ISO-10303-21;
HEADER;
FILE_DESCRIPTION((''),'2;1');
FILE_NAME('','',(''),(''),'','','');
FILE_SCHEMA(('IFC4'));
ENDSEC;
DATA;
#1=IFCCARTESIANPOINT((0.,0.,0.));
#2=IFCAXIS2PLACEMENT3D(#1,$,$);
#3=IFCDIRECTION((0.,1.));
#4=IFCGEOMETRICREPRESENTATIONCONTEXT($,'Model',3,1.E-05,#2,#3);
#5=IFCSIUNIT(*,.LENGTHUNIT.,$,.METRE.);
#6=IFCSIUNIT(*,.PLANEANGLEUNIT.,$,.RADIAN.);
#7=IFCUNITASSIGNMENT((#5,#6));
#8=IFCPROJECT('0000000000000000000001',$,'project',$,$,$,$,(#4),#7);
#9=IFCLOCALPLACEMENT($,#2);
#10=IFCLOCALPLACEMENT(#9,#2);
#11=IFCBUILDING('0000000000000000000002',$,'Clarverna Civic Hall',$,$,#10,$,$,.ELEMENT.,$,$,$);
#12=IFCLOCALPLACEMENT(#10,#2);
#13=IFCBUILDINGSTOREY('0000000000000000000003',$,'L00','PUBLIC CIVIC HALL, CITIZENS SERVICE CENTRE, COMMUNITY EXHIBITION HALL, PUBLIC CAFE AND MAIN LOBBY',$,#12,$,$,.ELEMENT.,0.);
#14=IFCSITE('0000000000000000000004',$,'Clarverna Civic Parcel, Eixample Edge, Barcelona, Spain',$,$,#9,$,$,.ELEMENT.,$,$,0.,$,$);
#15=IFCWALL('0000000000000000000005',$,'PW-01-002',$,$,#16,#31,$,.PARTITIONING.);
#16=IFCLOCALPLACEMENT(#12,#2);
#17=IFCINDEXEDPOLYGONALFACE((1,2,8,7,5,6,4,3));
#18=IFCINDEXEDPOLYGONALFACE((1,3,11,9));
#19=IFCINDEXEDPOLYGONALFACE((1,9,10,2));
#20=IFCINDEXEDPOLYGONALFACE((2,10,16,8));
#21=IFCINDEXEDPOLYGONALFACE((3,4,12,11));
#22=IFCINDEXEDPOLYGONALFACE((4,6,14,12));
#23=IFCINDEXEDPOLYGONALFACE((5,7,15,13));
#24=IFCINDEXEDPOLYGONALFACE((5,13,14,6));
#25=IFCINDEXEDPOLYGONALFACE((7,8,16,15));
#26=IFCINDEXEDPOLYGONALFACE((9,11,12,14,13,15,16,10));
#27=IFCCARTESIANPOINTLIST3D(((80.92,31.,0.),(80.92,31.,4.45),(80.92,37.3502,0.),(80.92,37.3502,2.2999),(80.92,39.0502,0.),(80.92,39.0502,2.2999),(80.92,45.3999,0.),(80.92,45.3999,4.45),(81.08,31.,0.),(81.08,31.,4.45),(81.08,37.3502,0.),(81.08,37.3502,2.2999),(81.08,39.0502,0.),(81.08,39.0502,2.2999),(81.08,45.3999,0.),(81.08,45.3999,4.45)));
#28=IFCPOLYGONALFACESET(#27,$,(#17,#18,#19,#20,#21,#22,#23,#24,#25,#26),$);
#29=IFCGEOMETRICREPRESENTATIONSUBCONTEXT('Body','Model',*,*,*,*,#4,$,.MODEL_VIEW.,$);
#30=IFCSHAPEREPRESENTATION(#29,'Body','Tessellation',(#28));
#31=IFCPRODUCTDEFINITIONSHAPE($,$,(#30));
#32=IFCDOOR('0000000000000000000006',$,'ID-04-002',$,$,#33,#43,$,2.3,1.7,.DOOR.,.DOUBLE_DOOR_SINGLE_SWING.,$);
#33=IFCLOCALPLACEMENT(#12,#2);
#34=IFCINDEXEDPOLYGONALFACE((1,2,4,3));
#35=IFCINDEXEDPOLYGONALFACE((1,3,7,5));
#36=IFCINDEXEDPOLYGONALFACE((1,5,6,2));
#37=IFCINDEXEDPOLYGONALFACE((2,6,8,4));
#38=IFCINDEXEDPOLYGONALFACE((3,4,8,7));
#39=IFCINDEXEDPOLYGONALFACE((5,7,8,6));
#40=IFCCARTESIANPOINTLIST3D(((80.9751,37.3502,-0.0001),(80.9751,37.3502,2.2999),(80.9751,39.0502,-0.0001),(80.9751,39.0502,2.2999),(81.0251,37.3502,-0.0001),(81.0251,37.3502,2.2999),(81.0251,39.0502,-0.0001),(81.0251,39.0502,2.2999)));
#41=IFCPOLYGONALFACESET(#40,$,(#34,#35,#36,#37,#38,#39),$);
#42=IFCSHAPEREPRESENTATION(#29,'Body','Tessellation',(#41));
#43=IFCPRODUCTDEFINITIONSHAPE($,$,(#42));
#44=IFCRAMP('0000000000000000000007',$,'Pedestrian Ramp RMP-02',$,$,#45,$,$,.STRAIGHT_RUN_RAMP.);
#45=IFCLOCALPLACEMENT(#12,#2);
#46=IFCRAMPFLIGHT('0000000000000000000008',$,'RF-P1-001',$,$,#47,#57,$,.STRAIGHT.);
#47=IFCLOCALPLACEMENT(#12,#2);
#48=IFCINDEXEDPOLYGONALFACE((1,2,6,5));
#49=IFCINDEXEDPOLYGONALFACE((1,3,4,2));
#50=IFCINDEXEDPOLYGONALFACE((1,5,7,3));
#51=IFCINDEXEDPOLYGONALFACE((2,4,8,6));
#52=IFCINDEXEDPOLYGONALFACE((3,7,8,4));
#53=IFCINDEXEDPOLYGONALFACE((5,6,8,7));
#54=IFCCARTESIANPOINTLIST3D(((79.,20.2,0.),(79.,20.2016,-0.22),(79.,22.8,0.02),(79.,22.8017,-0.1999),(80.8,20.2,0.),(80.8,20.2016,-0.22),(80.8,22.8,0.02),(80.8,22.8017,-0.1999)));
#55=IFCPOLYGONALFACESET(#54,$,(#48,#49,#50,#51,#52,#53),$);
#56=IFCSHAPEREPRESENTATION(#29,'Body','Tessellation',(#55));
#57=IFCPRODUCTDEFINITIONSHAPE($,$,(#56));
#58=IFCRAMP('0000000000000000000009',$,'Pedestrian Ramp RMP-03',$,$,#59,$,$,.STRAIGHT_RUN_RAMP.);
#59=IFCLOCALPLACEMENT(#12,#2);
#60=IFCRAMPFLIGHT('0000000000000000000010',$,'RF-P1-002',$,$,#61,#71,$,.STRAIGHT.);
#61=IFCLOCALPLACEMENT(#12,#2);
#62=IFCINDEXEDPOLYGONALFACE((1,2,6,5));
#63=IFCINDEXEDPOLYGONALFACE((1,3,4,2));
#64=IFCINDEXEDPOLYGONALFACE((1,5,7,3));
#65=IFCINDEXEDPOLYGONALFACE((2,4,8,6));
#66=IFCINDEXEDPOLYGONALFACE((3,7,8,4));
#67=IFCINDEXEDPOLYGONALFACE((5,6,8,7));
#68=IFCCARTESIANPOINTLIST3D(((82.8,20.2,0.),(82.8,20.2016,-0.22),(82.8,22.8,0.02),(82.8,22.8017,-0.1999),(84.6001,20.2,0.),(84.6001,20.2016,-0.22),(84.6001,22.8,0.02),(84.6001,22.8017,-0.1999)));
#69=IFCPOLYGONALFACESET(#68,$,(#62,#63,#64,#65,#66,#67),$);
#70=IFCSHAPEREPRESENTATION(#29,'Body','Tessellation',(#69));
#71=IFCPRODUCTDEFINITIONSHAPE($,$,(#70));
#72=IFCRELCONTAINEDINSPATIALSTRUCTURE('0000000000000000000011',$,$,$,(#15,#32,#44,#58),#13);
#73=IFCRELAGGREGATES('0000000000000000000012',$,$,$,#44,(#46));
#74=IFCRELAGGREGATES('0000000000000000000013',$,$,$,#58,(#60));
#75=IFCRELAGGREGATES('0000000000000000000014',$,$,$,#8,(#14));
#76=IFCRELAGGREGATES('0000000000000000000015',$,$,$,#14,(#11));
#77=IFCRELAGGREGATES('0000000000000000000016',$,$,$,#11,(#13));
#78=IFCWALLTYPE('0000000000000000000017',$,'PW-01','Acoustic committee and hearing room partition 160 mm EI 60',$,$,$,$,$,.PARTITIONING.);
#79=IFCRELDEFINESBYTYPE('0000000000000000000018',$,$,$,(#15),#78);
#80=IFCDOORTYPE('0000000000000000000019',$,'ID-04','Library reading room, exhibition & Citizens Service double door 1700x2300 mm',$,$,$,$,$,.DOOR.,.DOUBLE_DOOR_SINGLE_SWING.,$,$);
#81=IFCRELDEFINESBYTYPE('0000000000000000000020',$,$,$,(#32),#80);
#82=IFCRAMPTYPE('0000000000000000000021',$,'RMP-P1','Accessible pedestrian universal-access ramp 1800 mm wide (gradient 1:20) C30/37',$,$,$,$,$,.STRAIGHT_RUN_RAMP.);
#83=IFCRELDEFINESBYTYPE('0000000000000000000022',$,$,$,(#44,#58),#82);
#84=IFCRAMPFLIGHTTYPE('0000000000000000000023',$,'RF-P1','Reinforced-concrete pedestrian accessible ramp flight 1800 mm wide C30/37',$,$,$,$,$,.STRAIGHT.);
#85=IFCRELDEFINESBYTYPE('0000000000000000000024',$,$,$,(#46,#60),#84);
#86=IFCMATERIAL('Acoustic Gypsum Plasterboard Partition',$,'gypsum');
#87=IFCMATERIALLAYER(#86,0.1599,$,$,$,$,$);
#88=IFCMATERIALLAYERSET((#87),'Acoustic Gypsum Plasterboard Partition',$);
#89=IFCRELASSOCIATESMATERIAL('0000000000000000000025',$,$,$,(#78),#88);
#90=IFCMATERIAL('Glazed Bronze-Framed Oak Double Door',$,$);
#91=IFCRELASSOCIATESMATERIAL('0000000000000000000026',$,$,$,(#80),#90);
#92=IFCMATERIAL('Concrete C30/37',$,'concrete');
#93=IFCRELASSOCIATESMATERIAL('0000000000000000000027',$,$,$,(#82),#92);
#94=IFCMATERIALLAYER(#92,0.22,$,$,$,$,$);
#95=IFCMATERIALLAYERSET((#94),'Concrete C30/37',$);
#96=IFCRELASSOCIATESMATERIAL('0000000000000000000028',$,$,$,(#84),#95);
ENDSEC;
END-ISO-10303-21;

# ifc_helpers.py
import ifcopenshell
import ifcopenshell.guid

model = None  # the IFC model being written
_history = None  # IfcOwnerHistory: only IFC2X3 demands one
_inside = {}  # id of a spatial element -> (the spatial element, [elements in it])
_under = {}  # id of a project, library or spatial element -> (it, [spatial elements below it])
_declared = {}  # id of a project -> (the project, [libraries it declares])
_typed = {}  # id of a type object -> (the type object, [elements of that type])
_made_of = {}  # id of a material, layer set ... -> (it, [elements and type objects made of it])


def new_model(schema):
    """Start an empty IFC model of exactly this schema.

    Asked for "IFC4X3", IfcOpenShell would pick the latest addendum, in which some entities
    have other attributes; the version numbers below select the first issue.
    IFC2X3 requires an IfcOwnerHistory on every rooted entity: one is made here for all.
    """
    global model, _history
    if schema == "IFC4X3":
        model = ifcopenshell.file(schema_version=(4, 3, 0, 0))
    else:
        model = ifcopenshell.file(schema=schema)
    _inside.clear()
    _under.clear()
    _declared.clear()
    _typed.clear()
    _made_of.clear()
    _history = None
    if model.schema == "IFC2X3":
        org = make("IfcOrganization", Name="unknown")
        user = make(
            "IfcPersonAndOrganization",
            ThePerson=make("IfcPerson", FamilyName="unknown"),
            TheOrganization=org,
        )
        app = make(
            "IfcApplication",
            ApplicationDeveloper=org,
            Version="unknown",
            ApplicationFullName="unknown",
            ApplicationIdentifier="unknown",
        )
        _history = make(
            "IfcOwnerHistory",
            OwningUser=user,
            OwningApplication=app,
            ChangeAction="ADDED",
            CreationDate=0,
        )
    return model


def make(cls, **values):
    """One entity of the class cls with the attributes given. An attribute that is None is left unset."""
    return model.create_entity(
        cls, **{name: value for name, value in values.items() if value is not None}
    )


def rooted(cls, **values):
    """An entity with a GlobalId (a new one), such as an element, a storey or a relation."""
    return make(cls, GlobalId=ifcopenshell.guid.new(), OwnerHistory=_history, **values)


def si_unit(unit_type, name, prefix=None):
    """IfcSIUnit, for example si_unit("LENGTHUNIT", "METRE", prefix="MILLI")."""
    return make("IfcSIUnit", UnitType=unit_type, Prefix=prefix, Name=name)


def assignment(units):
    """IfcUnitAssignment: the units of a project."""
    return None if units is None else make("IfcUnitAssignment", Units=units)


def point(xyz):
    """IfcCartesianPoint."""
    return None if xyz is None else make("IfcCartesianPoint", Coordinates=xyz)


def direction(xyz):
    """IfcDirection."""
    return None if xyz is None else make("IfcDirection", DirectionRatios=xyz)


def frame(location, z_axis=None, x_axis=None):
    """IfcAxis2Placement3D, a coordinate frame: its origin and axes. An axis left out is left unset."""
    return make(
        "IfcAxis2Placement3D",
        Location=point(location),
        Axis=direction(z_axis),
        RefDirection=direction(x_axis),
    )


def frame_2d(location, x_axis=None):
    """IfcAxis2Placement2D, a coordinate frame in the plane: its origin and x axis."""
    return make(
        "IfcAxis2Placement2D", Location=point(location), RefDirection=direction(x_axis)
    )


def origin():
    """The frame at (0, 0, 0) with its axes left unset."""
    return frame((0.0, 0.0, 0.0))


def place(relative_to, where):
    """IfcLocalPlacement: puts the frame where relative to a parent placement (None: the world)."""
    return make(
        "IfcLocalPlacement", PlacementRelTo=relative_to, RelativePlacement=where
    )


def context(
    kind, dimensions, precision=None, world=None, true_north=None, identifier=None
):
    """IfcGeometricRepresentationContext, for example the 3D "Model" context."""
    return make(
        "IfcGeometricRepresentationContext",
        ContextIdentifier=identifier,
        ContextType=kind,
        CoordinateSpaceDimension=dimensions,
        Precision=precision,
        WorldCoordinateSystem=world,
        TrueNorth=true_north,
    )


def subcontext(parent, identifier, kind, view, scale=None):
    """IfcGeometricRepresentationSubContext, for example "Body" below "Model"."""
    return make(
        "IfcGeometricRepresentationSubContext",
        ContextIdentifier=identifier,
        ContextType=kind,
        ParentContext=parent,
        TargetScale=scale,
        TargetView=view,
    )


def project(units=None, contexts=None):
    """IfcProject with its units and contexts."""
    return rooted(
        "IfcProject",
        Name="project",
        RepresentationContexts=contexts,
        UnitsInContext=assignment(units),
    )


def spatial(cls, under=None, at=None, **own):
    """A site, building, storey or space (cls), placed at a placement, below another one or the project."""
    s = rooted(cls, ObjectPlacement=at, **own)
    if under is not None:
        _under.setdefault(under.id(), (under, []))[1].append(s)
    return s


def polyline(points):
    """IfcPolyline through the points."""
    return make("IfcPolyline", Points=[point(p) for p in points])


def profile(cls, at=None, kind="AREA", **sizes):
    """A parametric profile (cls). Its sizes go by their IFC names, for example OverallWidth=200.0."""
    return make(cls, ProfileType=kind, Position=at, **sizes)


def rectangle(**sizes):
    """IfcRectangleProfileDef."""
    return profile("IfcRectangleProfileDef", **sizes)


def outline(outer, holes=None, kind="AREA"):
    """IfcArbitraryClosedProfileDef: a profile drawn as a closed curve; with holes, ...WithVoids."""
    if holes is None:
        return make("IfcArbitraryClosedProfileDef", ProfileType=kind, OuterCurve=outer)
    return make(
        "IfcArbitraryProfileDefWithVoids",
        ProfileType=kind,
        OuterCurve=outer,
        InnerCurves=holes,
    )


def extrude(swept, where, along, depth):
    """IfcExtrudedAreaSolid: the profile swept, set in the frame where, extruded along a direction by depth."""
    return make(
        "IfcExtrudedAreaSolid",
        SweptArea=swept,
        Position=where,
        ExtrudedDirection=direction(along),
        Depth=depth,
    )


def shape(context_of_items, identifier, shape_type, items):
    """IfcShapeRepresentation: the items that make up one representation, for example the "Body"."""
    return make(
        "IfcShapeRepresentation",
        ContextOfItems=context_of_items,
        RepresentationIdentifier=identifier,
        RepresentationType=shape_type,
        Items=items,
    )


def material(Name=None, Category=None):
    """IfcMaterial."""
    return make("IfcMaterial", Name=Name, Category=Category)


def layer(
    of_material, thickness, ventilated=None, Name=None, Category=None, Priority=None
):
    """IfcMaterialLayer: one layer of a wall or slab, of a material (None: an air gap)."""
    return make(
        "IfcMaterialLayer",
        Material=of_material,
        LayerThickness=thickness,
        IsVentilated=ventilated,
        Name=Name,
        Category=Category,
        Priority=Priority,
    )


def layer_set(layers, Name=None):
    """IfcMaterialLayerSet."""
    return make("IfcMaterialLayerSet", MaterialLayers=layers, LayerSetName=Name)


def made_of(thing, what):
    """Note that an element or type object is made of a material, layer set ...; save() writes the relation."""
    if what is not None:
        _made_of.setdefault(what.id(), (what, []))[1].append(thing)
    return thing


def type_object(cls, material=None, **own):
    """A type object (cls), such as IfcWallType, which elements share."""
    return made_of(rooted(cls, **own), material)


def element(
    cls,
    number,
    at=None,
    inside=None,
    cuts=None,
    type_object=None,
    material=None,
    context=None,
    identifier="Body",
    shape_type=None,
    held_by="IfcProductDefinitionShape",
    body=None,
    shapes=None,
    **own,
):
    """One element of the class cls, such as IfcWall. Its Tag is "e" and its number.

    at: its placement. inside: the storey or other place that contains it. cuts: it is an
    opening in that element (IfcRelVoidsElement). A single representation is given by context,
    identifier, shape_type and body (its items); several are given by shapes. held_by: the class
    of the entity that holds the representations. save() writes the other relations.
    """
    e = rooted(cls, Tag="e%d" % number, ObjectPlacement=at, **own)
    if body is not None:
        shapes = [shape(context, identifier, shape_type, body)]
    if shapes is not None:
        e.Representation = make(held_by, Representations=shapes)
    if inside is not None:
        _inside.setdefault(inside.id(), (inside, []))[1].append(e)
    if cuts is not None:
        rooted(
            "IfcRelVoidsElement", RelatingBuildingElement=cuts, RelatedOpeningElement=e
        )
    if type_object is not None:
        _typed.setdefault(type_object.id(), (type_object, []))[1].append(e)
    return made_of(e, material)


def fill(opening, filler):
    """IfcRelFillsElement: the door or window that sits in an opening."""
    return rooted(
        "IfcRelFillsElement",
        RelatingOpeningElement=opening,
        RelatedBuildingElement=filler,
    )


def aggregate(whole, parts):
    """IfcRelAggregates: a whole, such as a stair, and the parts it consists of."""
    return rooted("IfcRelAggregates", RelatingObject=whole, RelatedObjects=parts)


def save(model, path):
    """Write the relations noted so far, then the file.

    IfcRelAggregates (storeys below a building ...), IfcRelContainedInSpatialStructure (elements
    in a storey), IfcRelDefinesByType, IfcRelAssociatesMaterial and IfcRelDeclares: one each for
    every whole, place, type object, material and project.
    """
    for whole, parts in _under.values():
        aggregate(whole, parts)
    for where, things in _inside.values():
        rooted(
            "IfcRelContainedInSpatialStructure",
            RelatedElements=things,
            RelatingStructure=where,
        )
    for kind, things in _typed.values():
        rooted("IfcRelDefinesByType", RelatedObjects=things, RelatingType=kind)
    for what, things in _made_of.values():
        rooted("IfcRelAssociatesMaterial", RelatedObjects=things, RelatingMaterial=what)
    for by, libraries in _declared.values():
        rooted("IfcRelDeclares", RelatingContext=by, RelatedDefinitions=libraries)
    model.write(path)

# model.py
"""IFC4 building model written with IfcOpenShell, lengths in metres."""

from ifc_helpers import new_model, si_unit, direction, frame, frame_2d, origin, place, context, subcontext, project, spatial, polyline, rectangle, outline, extrude, material, layer, layer_set, type_object, element, fill, aggregate, save


model = new_model("IFC4")

# Units and contexts
model_context = context("Model", 3, precision=1e-05, world=origin(), true_north=direction((0.0, 1.0)))
body_context = subcontext(model_context, "Body", "Model", "MODEL_VIEW")
ifc_project = project(units=[si_unit("LENGTHUNIT", "METRE"), si_unit("PLANEANGLEUNIT", "RADIAN")], contexts=[model_context])

# Site, building, storey
site_placement = place(None, origin())
site = spatial("IfcSite", under=ifc_project, at=site_placement, Name="Clarverna Civic Parcel, Eixample Edge, Barcelona, Spain", CompositionType="ELEMENT", RefElevation=0.0)
building_placement = place(site_placement, origin())
building = spatial("IfcBuilding", under=site, at=building_placement, Name="Clarverna Civic Hall", CompositionType="ELEMENT")
storey_placement = place(building_placement, origin())
storey = spatial("IfcBuildingStorey", under=building, at=storey_placement, Name="L00", Description="PUBLIC CIVIC HALL, CITIZENS SERVICE CENTRE, COMMUNITY EXHIBITION HALL, PUBLIC CAFE AND MAIN LOBBY", CompositionType="ELEMENT", Elevation=0.0)

# Wall, opening, door
ifc_material_1 = material(Name="Acoustic Gypsum Plasterboard Partition", Category="gypsum")
ifc_layer_1 = layer(ifc_material_1, 0.1599)
ifc_layer_set_1 = layer_set([ifc_layer_1], Name="Acoustic Gypsum Plasterboard Partition")
wall_type_1 = type_object("IfcWallType", Name="PW-01", Description="Acoustic committee and hearing room partition 160 mm EI 60", PredefinedType="PARTITIONING", material=ifc_layer_set_1)
wall_1_placement = place(storey_placement, frame((81.0, 31.0, 0.0), z_axis=(0.0, 0.0, 1.0), x_axis=(0.0, 1.0, 0.0)))
wall_1 = element("IfcWall", 1, at=wall_1_placement, inside=storey, type_object=wall_type_1, Name="PW-01-002", PredefinedType="PARTITIONING", context=body_context, shape_type="SweptSolid", body=[
    extrude(rectangle(XDim=14.3999, YDim=0.1599, at=frame_2d((7.2, 0.0))), origin(), (0.0, 0.0, 1.0), 4.45),
])
opening_1_placement = place(wall_1_placement, frame((6.3501, 0.0, 0.0)))
opening_1 = element("IfcOpeningElement", 2, at=opening_1_placement, cuts=wall_1, PredefinedType="OPENING", context=body_context, shape_type="SweptSolid", body=[
    extrude(rectangle(XDim=1.7, YDim=2.3, at=frame_2d((0.8501, 1.1499))), frame((0.0, 0.0898, 0.0), z_axis=(0.0, -1.0, 0.0), x_axis=(1.0, 0.0, 0.0)), (0.0, 0.0, 1.0), 0.1799),
])
ifc_material_2 = material(Name="Glazed Bronze-Framed Oak Double Door")
door_type_1 = type_object("IfcDoorType", Name="ID-04", Description="Library reading room, exhibition & Citizens Service double door 1700x2300 mm", OperationType="DOUBLE_DOOR_SINGLE_SWING", PredefinedType="DOOR", material=ifc_material_2)
door_1_placement = place(opening_1_placement, origin())
door_1 = element("IfcDoor", 3, at=door_1_placement, inside=storey, type_object=door_type_1, Name="ID-04-002", OperationType="DOUBLE_DOOR_SINGLE_SWING", OverallHeight=2.3, OverallWidth=1.7, PredefinedType="DOOR", context=body_context, shape_type="SweptSolid", body=[
    extrude(rectangle(XDim=1.7, YDim=2.3, at=frame_2d((0.8501, 1.1499))), frame((0.0, 0.0249, 0.0), z_axis=(0.0, -1.0, 0.0), x_axis=(1.0, 0.0, 0.0)), (0.0, 0.0, 1.0), 0.05),
])
fill(opening_1, door_1)

# Ramps, ramp flights
ifc_material_3 = material(Name="Concrete C30/37", Category="concrete")
ramp_type = type_object("IfcRampType", Name="RMP-P1", Description="Accessible pedestrian universal-access ramp 1800 mm wide (gradient 1:20) C30/37", PredefinedType="STRAIGHT_RUN_RAMP", material=ifc_material_3)
ramp_1_placement = place(storey_placement, origin())
ramp_1 = element("IfcRamp", 4, at=ramp_1_placement, inside=storey, type_object=ramp_type, Name="Pedestrian Ramp RMP-02", PredefinedType="STRAIGHT_RUN_RAMP")
ifc_layer_2 = layer(ifc_material_3, 0.22)
ifc_layer_set_2 = layer_set([ifc_layer_2], Name="Concrete C30/37")
ramp_flight_type = type_object("IfcRampFlightType", Name="RF-P1", Description="Reinforced-concrete pedestrian accessible ramp flight 1800 mm wide C30/37", PredefinedType="STRAIGHT", material=ifc_layer_set_2)
ramp_flight_1_placement = place(storey_placement, frame((79.0, 20.2, 0.0), z_axis=(0.0, -0.007699, 0.99997), x_axis=(1.0, 0.0, 0.0)))
ramp_flight_1 = element("IfcRampFlight", 5, at=ramp_flight_1_placement, type_object=ramp_flight_type, Name="RF-P1-001", PredefinedType="STRAIGHT", context=body_context, shape_type="SweptSolid", body=[
    extrude(outline(polyline([(0.0, 0.0), (1.8, 0.0), (1.8, 2.6002), (0.0, 2.6002), (0.0, 0.0)])), origin(), (0.0, 0.0, -1.0), 0.22),
])
aggregate(ramp_1, [ramp_flight_1])
ramp_2_placement = place(storey_placement, origin())
ramp_2 = element("IfcRamp", 6, at=ramp_2_placement, inside=storey, type_object=ramp_type, Name="Pedestrian Ramp RMP-03", PredefinedType="STRAIGHT_RUN_RAMP")
ramp_flight_2_placement = place(storey_placement, frame((82.8, 20.2, 0.0), z_axis=(0.0, -0.007699, 0.99997), x_axis=(1.0, 0.0, 0.0)))
ramp_flight_2 = element("IfcRampFlight", 7, at=ramp_flight_2_placement, type_object=ramp_flight_type, Name="RF-P1-002", PredefinedType="STRAIGHT", context=body_context, shape_type="SweptSolid", body=[
    extrude(outline(polyline([(0.0, 0.0), (1.8, 0.0), (1.8, 2.6002), (0.0, 2.6002), (0.0, 0.0)])), origin(), (0.0, 0.0, -1.0), 0.22),
])
aggregate(ramp_2, [ramp_flight_2])

save(model, "model.ifc")
